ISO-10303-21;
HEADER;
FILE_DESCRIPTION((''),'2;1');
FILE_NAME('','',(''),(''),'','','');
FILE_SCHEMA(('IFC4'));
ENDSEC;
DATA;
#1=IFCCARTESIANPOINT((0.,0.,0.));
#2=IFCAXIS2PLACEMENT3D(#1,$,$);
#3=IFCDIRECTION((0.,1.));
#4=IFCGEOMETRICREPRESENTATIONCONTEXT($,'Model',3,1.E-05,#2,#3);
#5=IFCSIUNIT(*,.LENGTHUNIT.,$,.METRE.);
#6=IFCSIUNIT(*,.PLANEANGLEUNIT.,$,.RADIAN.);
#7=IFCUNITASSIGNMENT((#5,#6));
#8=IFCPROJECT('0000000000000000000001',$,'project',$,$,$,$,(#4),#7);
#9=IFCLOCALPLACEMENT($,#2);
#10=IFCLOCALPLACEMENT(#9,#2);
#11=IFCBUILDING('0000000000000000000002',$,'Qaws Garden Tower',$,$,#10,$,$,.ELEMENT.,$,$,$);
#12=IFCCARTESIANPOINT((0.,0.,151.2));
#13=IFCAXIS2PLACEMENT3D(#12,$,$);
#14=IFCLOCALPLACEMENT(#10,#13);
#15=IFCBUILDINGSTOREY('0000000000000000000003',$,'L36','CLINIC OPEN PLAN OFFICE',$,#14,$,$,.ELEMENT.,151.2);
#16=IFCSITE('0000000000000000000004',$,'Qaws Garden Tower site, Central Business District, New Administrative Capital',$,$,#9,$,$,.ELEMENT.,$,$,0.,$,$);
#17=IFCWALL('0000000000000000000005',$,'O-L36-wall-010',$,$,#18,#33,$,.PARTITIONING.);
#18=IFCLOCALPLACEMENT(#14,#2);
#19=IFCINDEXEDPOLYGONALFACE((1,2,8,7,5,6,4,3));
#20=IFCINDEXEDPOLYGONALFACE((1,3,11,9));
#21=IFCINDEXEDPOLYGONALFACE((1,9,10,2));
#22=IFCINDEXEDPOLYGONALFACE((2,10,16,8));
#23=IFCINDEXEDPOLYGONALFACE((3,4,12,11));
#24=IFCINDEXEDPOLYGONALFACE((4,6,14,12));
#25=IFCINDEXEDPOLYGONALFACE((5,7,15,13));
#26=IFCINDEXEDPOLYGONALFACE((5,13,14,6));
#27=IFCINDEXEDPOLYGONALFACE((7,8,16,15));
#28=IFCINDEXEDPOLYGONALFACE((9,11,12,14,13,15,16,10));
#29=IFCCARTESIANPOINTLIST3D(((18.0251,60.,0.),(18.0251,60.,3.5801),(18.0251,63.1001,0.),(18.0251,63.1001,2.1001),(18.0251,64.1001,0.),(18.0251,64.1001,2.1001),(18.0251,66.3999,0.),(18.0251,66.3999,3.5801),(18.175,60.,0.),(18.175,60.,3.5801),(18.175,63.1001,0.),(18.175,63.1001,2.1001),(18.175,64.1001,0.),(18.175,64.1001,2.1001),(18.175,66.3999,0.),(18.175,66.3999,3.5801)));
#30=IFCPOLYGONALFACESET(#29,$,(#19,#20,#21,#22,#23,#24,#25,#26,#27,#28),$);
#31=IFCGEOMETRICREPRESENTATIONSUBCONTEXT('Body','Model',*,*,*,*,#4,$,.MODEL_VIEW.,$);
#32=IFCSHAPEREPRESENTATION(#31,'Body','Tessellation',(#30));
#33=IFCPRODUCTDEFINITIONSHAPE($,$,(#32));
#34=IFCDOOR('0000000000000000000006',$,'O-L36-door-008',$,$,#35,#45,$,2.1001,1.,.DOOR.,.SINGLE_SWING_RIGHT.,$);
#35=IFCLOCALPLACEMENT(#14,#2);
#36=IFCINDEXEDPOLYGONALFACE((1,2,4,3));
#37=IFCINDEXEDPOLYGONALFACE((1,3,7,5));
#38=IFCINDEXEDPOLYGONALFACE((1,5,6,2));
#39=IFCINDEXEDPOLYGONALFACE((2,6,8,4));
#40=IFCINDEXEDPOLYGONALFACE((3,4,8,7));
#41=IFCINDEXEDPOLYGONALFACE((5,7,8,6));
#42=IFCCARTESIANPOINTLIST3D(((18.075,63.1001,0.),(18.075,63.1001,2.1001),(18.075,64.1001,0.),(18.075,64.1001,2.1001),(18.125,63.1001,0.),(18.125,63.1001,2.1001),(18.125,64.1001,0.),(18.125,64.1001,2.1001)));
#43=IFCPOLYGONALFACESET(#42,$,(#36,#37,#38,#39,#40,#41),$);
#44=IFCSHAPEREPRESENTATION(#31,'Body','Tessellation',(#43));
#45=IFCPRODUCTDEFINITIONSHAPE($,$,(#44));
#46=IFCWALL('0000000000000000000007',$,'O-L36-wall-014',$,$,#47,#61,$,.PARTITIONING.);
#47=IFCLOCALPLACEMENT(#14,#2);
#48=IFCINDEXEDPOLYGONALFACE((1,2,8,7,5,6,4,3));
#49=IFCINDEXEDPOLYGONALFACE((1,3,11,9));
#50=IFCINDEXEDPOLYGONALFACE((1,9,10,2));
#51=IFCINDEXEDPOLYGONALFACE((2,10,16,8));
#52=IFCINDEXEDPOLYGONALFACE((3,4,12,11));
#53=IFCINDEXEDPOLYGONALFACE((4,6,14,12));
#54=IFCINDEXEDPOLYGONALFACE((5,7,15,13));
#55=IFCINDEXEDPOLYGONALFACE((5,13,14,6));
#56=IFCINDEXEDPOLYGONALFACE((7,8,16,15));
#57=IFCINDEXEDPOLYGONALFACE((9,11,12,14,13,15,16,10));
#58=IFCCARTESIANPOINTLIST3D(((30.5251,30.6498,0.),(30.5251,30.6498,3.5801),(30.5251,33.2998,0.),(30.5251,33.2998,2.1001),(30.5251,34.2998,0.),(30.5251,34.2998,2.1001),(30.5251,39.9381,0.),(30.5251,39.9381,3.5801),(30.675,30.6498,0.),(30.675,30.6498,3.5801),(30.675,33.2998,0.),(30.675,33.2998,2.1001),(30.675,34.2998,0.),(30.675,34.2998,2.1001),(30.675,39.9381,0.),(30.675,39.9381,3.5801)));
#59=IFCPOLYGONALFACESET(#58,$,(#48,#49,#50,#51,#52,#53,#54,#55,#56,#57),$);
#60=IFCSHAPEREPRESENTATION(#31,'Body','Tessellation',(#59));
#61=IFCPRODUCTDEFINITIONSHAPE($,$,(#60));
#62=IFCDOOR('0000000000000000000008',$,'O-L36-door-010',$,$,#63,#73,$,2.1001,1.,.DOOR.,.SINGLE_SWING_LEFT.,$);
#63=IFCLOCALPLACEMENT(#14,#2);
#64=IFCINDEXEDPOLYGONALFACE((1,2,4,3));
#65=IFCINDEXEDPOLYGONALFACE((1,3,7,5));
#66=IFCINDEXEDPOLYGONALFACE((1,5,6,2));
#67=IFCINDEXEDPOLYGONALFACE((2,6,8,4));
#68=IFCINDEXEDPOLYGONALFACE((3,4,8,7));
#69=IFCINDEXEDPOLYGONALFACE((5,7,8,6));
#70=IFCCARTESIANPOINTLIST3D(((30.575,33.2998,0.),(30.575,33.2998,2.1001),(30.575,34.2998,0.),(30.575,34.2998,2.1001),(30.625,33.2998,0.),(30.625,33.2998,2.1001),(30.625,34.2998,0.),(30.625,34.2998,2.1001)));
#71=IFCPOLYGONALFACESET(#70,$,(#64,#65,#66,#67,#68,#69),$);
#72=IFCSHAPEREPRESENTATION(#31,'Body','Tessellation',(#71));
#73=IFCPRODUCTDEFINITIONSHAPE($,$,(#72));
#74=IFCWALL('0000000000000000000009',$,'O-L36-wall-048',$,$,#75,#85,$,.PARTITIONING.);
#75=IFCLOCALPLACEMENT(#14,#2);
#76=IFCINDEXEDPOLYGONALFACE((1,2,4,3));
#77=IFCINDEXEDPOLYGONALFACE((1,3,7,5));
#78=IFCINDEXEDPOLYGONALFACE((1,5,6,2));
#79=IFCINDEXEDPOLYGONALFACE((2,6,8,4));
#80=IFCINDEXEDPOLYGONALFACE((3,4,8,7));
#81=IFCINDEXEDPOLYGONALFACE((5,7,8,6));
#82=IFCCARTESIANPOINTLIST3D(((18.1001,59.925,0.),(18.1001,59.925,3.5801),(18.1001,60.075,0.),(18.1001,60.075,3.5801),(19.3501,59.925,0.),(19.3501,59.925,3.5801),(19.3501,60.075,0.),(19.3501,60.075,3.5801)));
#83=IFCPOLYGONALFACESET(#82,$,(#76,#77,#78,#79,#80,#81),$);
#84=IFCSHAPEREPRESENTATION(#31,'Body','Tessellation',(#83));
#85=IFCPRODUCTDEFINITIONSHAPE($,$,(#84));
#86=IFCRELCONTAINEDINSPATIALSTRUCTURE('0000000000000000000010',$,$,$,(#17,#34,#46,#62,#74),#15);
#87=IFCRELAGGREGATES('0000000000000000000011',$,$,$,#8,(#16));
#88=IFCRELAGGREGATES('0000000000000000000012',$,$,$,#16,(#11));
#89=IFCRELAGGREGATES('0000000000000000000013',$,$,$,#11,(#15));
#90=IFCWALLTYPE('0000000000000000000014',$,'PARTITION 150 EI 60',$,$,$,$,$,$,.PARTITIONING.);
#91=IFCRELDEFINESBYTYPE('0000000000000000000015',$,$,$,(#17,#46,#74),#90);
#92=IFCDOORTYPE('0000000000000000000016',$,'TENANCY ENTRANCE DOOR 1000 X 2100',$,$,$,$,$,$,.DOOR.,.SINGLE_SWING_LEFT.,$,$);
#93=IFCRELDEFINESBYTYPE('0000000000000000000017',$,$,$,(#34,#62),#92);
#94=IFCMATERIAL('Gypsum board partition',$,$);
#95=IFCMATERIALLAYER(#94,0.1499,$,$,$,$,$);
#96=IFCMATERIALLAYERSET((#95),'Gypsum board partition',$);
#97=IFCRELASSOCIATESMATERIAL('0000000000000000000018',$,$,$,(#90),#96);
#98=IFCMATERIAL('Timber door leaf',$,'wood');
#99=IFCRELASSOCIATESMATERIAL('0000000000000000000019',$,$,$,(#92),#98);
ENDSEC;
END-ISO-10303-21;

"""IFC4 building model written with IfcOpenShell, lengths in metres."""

from ifc_helpers import new_model, si_unit, direction, frame, frame_2d, origin, place, context, subcontext, project, spatial, rectangle, extrude, material, layer, layer_set, type_object, element, fill, save


model = new_model("IFC4")

# Units and contexts
model_context = context("Model", 3, precision=1e-05, world=origin(), true_north=direction((0.0, 1.0)))
body_context = subcontext(model_context, "Body", "Model", "MODEL_VIEW")
ifc_project = project(units=[si_unit("LENGTHUNIT", "METRE"), si_unit("PLANEANGLEUNIT", "RADIAN")], contexts=[model_context])

# Site, building, storey
site_placement = place(None, origin())
site = spatial("IfcSite", under=ifc_project, at=site_placement, Name="Qaws Garden Tower site, Central Business District, New Administrative Capital", CompositionType="ELEMENT", RefElevation=0.0)
building_placement = place(site_placement, origin())
building = spatial("IfcBuilding", under=site, at=building_placement, Name="Qaws Garden Tower", CompositionType="ELEMENT")
storey_placement = place(building_placement, frame((0.0, 0.0, 151.2)))
storey = spatial("IfcBuildingStorey", under=building, at=storey_placement, Name="L36", Description="CLINIC OPEN PLAN OFFICE", CompositionType="ELEMENT", Elevation=151.2)

# Walls, openings, doors
ifc_material_1 = material(Name="Gypsum board partition")
ifc_layer_1 = layer(ifc_material_1, 0.1499)
ifc_layer_set_1 = layer_set([ifc_layer_1], Name="Gypsum board partition")
wall_type_1 = type_object("IfcWallType", Name="PARTITION 150 EI 60", PredefinedType="PARTITIONING", material=ifc_layer_set_1)
wall_1_placement = place(storey_placement, frame((18.1001, 60.0, 0.0), z_axis=(0.0, 0.0, 1.0), x_axis=(0.0, 1.0, 0.0)))
wall_1 = element("IfcWall", 1, at=wall_1_placement, inside=storey, type_object=wall_type_1, Name="O-L36-wall-010", PredefinedType="PARTITIONING", context=body_context, shape_type="SweptSolid", body=[
    extrude(rectangle(XDim=6.3999, YDim=0.1499, at=frame_2d((3.2, 0.0))), origin(), (0.0, 0.0, 1.0), 3.5801),
])
opening_1_placement = place(wall_1_placement, frame((3.1001, 0.0, 0.0)))
opening_1 = element("IfcOpeningElement", 2, at=opening_1_placement, cuts=wall_1, PredefinedType="OPENING", context=body_context, shape_type="SweptSolid", body=[
    extrude(rectangle(XDim=1.0, YDim=2.1001, at=frame_2d((0.5, 1.05))), frame((0.0, 0.085, 0.0), z_axis=(0.0, -1.0, 0.0), x_axis=(1.0, 0.0, 0.0)), (0.0, 0.0, 1.0), 0.1699),
])
ifc_material_2 = material(Name="Timber door leaf", Category="wood")
door_type = type_object("IfcDoorType", Name="TENANCY ENTRANCE DOOR 1000 X 2100", OperationType="SINGLE_SWING_LEFT", PredefinedType="DOOR", material=ifc_material_2)
door_1_placement = place(opening_1_placement, frame((1.0, 0.0, 0.0), z_axis=(0.0, 0.0, 1.0), x_axis=(-1.0, 0.0, 0.0)))
door_1 = element("IfcDoor", 3, at=door_1_placement, inside=storey, type_object=door_type, Name="O-L36-door-008", OperationType="SINGLE_SWING_RIGHT", OverallHeight=2.1001, OverallWidth=1.0, PredefinedType="DOOR", context=body_context, shape_type="SweptSolid", body=[
    extrude(rectangle(XDim=1.0, YDim=2.1001, at=frame_2d((0.5, 1.05))), frame((0.0, 0.0249, 0.0), z_axis=(0.0, -1.0, 0.0), x_axis=(1.0, 0.0, 0.0)), (0.0, 0.0, 1.0), 0.05),
])
fill(opening_1, door_1)
wall_2_placement = place(storey_placement, frame((30.6001, 30.6499, 0.0), z_axis=(0.0, 0.0, 1.0), x_axis=(0.0, 1.0, 0.0)))
wall_2 = element("IfcWall", 4, at=wall_2_placement, inside=storey, type_object=wall_type_1, Name="O-L36-wall-014", PredefinedType="PARTITIONING", context=body_context, shape_type="SweptSolid", body=[
    extrude(rectangle(XDim=9.2883, YDim=0.1499, at=frame_2d((4.644, 0.0))), origin(), (0.0, 0.0, 1.0), 3.5801),
])
opening_2_placement = place(wall_2_placement, frame((2.6499, 0.0, 0.0)))
opening_2 = element("IfcOpeningElement", 5, at=opening_2_placement, cuts=wall_2, PredefinedType="OPENING", context=body_context, shape_type="SweptSolid", body=[
    extrude(rectangle(XDim=1.0, YDim=2.1001, at=frame_2d((0.5, 1.05))), frame((0.0, 0.085, 0.0), z_axis=(0.0, -1.0, 0.0), x_axis=(1.0, 0.0, 0.0)), (0.0, 0.0, 1.0), 0.1699),
])
door_2_placement = place(opening_2_placement, frame((1.0, 0.0, 0.0), z_axis=(0.0, 0.0, 1.0), x_axis=(-1.0, 0.0, 0.0)))
door_2 = element("IfcDoor", 6, at=door_2_placement, inside=storey, type_object=door_type, Name="O-L36-door-010", OperationType="SINGLE_SWING_LEFT", OverallHeight=2.1001, OverallWidth=1.0, PredefinedType="DOOR", context=body_context, shape_type="SweptSolid", body=[
    extrude(rectangle(XDim=1.0, YDim=2.1001, at=frame_2d((0.5, 1.05))), frame((0.0, 0.0249, 0.0), z_axis=(0.0, -1.0, 0.0), x_axis=(1.0, 0.0, 0.0)), (0.0, 0.0, 1.0), 0.05),
])
fill(opening_2, door_2)

# Wall
wall_3_placement = place(storey_placement, frame((18.1001, 60.0, 0.0), z_axis=(0.0, 0.0, 1.0), x_axis=(1.0, 0.0, 0.0)))
element("IfcWall", 7, at=wall_3_placement, inside=storey, type_object=wall_type_1, Name="O-L36-wall-048", PredefinedType="PARTITIONING", context=body_context, shape_type="SweptSolid", body=[
    extrude(rectangle(XDim=1.25, YDim=0.1499, at=frame_2d((0.625, 0.0))), origin(), (0.0, 0.0, 1.0), 3.5801),
])

save(model, "model.ifc")
